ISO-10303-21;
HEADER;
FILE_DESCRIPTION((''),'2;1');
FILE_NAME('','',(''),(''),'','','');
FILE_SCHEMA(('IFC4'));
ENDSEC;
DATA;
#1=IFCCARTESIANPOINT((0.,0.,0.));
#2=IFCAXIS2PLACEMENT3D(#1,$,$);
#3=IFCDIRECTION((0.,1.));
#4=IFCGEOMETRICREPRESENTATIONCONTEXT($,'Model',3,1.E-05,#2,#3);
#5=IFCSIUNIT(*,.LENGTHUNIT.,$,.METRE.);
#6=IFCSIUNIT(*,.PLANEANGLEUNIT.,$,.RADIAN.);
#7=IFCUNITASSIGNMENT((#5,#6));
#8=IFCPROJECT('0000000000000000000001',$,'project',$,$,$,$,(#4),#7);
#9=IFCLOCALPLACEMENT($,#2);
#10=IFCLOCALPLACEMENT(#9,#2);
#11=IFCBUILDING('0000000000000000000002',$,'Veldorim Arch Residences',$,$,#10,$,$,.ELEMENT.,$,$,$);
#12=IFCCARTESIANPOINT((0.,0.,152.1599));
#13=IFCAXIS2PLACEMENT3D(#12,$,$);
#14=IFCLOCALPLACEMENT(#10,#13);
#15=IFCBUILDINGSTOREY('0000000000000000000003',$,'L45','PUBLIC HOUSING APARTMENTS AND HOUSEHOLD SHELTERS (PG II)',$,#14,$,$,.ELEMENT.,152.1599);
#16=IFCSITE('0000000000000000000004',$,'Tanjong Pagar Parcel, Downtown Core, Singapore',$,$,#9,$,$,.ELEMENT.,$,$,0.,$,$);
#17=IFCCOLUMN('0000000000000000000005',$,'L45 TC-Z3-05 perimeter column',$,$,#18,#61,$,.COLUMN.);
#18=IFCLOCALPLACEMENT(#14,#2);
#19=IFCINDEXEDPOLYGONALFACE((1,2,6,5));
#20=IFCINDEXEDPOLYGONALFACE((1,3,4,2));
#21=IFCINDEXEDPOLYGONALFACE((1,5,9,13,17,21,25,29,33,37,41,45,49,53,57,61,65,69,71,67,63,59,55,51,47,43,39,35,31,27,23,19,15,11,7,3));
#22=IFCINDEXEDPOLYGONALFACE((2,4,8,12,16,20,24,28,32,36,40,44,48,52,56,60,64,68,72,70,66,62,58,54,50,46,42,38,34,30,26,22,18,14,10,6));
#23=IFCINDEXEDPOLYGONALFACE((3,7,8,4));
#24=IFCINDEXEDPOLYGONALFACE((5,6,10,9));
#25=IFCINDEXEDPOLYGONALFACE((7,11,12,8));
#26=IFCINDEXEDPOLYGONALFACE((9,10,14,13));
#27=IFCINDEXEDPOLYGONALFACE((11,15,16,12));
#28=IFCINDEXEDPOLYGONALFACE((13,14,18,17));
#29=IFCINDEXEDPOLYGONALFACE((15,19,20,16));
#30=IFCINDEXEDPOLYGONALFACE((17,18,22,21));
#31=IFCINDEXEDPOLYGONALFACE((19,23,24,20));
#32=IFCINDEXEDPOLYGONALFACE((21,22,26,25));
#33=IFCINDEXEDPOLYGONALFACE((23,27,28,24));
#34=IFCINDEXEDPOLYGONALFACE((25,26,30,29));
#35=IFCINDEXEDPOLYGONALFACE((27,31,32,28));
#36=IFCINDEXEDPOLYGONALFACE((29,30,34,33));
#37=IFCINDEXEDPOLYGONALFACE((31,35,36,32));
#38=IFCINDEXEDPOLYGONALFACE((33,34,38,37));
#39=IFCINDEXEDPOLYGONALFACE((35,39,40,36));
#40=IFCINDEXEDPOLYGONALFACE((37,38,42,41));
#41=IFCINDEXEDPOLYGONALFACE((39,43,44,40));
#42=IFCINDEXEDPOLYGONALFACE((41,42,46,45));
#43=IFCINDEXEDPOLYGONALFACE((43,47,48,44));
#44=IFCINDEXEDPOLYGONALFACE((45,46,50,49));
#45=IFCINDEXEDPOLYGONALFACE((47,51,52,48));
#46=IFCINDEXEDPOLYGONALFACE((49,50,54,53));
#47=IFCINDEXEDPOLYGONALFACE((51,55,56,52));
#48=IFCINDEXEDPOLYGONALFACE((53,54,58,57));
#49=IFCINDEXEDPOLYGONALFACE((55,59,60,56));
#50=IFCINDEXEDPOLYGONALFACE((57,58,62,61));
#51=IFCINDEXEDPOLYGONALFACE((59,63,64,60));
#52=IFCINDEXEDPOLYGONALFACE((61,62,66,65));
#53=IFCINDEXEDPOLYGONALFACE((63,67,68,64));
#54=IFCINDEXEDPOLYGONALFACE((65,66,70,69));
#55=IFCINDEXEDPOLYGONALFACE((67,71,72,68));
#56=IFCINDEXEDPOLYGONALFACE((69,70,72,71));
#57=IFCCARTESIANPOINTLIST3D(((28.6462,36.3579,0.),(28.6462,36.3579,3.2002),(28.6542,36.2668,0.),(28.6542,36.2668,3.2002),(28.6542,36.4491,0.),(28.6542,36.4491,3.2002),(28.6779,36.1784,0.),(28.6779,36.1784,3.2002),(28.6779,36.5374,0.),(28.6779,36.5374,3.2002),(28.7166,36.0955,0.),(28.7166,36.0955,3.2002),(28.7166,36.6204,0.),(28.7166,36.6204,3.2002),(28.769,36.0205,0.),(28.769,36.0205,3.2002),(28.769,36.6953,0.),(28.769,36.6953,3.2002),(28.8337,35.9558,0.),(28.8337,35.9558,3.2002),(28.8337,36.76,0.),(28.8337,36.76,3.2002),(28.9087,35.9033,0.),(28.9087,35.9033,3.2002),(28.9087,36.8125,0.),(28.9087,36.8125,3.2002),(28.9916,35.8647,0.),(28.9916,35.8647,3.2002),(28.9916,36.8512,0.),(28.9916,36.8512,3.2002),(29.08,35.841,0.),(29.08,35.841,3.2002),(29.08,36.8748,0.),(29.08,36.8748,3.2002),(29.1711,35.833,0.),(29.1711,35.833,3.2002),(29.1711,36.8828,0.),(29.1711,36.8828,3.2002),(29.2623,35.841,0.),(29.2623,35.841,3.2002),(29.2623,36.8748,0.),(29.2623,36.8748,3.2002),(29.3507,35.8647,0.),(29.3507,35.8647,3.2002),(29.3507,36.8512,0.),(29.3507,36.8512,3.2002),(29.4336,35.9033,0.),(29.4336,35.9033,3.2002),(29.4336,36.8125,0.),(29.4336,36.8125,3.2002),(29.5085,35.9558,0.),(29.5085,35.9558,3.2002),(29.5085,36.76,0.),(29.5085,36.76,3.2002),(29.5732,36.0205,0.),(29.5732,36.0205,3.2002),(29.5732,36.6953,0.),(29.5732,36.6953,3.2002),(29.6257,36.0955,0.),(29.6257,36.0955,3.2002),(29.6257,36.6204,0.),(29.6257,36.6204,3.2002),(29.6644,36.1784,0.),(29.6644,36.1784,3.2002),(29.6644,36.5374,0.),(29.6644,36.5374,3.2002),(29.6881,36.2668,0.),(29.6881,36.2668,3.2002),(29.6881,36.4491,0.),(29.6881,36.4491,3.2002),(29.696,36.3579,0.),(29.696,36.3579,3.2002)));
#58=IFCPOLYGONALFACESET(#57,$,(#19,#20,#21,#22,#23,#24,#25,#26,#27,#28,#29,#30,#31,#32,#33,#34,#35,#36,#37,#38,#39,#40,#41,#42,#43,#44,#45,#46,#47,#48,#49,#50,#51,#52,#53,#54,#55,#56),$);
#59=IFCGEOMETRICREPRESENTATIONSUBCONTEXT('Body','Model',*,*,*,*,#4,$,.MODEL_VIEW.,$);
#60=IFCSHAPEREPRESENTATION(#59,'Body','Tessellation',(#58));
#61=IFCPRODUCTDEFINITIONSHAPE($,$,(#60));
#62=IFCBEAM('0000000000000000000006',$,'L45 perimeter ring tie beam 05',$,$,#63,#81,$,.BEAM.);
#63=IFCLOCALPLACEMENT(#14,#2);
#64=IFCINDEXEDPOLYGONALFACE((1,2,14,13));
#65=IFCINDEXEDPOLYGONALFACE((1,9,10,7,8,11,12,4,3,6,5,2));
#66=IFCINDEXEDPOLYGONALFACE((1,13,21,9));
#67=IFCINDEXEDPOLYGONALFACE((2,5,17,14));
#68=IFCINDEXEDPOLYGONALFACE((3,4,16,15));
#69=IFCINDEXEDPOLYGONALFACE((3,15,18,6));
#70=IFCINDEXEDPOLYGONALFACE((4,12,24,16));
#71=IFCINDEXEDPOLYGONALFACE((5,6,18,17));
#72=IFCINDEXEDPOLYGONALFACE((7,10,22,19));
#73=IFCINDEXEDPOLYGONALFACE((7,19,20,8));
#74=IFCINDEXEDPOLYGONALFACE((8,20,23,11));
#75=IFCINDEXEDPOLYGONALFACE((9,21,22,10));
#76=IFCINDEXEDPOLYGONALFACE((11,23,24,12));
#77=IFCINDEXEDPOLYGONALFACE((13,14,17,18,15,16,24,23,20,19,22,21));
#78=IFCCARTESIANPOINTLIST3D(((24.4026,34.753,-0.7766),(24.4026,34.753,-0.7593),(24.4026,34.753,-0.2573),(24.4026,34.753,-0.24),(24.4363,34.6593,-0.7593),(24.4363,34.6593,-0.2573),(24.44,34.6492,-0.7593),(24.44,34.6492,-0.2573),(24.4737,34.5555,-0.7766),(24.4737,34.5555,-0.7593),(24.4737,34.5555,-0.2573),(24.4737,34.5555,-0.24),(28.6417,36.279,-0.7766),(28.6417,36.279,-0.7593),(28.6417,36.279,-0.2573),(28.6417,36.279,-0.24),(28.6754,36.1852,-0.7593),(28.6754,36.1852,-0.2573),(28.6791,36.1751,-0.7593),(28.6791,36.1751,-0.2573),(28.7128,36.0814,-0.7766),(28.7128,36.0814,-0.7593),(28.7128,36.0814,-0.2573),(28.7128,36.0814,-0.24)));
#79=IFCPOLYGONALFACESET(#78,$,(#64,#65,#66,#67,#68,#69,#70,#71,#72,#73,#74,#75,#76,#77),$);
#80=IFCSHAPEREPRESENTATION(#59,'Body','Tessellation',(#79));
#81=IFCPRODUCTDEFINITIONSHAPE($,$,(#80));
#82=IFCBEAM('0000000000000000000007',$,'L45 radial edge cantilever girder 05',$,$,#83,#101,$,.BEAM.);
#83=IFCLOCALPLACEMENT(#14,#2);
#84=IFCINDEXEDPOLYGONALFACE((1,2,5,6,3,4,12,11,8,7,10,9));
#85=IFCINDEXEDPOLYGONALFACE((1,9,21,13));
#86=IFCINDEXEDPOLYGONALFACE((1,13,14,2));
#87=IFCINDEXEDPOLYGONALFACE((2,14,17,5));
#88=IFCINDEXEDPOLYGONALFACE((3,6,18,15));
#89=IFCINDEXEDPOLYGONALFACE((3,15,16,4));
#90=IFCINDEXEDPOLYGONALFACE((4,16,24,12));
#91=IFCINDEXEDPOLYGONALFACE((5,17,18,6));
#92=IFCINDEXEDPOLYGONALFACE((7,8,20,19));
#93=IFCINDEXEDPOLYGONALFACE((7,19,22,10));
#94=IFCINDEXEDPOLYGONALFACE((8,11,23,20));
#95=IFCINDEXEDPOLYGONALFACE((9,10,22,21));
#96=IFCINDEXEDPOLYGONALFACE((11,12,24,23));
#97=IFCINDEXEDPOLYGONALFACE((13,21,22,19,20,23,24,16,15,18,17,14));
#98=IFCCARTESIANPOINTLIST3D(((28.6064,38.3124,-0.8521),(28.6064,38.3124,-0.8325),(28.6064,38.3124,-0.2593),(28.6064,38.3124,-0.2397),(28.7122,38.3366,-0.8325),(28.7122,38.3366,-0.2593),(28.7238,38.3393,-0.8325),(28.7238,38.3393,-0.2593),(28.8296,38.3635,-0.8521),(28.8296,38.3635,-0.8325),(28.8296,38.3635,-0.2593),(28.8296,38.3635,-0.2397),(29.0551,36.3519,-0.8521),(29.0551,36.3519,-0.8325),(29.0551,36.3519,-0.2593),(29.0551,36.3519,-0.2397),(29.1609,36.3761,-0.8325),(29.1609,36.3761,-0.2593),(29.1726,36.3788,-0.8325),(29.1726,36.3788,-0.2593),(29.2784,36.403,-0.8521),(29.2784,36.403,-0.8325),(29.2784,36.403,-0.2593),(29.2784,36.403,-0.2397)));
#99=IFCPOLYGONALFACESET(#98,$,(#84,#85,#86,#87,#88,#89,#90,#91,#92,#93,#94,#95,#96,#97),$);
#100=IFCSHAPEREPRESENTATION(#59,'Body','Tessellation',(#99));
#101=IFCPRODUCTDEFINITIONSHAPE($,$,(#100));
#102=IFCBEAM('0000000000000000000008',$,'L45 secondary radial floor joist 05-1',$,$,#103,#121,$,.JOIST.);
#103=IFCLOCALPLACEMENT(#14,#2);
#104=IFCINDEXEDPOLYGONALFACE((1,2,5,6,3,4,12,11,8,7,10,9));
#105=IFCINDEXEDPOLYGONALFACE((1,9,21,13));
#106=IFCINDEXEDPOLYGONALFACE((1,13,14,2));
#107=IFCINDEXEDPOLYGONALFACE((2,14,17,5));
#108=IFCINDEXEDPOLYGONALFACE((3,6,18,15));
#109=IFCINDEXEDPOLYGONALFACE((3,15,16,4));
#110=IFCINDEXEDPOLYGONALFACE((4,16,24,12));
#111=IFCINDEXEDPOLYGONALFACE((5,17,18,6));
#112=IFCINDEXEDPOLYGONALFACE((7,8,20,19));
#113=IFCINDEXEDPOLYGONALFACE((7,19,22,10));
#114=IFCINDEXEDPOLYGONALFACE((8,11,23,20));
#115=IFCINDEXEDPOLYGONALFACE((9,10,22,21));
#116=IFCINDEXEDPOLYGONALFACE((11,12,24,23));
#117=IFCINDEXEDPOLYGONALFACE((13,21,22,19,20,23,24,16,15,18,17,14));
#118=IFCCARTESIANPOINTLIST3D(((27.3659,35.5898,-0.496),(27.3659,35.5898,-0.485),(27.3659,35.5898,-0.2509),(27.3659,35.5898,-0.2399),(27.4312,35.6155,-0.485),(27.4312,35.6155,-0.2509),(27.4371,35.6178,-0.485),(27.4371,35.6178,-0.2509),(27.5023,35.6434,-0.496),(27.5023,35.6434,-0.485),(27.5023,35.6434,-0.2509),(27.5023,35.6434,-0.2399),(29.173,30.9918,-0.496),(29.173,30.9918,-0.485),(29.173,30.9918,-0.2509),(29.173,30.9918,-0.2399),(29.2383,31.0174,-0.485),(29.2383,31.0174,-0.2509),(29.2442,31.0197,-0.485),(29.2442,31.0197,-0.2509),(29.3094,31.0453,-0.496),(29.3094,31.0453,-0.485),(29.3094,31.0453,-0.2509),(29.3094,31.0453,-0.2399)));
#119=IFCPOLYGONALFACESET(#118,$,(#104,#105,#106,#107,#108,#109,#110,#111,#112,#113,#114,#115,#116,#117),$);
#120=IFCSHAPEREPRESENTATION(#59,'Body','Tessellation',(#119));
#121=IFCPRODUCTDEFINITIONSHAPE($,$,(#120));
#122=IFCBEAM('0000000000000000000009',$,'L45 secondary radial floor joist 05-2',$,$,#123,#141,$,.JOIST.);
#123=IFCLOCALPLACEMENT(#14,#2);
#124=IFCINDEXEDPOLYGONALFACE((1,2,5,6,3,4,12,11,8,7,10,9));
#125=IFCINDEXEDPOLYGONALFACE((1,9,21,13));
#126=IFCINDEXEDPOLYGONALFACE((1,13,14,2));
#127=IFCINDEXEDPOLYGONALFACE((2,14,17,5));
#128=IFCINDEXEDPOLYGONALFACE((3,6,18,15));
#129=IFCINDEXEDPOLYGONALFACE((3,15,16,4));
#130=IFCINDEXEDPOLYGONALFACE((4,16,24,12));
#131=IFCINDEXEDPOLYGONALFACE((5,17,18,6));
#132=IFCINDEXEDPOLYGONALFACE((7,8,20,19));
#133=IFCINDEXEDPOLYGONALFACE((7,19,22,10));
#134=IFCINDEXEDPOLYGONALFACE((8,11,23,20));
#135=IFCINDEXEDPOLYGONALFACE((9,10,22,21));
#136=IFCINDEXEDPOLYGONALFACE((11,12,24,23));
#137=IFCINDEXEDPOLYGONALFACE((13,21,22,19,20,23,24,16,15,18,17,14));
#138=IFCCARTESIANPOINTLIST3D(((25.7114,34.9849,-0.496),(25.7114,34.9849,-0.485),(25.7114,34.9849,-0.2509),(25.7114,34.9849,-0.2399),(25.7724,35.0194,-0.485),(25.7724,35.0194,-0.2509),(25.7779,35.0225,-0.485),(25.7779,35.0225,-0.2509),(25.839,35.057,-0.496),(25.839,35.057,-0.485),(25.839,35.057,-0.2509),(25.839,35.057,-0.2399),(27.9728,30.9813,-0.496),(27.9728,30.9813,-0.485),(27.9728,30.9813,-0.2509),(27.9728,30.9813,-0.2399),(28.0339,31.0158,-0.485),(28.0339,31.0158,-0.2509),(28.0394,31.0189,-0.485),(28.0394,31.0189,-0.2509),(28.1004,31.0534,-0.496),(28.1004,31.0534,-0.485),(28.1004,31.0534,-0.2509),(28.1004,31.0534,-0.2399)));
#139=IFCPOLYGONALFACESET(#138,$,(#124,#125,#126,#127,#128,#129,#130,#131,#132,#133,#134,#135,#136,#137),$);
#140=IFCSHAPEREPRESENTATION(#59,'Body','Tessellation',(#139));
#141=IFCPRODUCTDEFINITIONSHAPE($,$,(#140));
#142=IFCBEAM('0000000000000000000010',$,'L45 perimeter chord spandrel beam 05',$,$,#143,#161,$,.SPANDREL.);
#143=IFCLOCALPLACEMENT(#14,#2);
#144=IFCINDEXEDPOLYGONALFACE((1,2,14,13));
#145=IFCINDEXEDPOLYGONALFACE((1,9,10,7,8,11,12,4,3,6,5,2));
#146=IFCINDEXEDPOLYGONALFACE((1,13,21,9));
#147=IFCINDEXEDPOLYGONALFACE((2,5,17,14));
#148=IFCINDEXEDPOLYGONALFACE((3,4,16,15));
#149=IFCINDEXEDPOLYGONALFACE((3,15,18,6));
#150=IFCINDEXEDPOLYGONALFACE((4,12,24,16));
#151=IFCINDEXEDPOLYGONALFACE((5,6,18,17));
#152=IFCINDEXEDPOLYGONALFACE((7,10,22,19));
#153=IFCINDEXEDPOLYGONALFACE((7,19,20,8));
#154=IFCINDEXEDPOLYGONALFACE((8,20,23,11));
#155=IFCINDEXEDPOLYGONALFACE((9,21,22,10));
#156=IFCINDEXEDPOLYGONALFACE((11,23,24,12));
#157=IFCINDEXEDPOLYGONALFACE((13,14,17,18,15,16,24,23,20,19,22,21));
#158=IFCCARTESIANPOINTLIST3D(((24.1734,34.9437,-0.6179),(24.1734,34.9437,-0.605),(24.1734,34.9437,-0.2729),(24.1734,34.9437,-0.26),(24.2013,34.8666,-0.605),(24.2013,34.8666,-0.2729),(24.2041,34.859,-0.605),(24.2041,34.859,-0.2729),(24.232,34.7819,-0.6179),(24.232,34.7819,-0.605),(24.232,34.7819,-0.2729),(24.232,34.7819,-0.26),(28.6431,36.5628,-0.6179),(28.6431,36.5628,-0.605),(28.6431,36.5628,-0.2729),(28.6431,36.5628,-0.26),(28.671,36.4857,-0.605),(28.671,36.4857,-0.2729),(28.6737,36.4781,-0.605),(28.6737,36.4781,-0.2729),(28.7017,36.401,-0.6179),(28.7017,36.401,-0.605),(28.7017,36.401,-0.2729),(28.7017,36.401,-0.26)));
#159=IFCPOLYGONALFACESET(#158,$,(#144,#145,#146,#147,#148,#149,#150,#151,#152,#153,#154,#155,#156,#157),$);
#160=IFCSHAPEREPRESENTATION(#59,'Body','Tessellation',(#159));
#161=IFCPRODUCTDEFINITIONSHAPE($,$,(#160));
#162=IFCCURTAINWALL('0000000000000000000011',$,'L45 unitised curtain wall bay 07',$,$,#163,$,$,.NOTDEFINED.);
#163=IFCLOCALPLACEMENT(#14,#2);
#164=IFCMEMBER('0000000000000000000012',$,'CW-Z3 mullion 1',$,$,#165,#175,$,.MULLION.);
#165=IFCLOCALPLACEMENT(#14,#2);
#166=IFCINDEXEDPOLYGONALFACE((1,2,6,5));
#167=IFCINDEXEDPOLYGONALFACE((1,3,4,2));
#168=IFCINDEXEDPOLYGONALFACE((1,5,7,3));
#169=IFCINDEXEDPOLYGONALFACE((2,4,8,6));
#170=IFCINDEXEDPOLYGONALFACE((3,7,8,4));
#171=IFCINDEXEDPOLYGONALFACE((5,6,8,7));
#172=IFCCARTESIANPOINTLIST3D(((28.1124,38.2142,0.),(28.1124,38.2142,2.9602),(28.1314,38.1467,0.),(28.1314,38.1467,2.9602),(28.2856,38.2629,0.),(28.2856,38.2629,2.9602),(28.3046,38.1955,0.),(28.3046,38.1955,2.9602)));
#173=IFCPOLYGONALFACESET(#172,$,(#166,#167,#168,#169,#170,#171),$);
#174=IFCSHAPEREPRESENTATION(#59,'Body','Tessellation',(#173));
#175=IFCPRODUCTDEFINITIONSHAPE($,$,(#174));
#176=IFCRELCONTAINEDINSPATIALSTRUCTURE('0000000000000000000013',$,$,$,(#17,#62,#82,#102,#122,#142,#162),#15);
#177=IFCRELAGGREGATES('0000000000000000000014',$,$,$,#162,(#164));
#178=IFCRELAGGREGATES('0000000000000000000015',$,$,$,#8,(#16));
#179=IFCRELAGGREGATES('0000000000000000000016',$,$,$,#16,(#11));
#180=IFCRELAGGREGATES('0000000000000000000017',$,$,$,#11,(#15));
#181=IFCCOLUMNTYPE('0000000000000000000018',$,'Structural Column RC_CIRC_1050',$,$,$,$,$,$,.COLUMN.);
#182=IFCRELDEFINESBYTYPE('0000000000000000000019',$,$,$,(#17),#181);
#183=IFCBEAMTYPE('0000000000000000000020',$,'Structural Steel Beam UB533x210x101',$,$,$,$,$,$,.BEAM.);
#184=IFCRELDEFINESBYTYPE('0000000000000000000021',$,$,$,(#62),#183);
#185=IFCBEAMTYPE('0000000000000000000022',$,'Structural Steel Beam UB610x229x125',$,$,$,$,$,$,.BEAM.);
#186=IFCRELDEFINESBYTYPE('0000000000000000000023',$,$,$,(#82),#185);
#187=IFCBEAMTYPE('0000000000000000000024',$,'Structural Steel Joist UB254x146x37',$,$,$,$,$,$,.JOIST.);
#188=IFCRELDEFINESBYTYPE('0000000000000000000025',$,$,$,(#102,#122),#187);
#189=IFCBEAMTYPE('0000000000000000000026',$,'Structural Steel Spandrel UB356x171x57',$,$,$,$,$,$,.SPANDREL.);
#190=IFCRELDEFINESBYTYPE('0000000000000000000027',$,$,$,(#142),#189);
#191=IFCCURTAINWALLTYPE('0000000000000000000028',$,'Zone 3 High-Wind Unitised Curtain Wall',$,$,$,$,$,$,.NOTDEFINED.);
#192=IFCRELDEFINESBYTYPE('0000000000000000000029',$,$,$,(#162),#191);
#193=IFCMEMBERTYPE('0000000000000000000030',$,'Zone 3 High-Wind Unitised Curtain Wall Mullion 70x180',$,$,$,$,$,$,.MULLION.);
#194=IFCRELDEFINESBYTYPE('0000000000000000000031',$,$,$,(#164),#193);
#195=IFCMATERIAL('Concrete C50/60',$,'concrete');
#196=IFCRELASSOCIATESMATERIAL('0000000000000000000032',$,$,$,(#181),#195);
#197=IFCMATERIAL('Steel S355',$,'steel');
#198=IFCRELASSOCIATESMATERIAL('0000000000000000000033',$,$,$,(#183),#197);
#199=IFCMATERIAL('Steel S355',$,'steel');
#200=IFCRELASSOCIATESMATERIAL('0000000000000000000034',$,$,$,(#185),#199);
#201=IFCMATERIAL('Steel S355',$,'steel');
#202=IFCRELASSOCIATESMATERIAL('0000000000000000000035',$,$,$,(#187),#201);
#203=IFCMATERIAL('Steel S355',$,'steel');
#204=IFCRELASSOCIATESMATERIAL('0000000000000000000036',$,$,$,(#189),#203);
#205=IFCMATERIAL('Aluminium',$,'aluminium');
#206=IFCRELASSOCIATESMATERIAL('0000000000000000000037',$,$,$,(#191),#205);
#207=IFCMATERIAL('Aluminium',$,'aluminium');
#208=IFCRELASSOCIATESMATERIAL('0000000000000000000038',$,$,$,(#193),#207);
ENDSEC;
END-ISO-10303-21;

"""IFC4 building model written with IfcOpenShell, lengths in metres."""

from ifc_helpers import new_model, si_unit, direction, frame, origin, origin_2d, place, context, subcontext, project, spatial, rectangle, circle, i_section, extrude, material, material_profile, profile_set, type_object, element, aggregate, save


model = new_model("IFC4")

# Units and contexts
model_context = context("Model", 3, precision=1e-05, world=origin(), true_north=direction((0.0, 1.0)))
body_context = subcontext(model_context, "Body", "Model", "MODEL_VIEW")
ifc_project = project(units=[si_unit("LENGTHUNIT", "METRE"), si_unit("PLANEANGLEUNIT", "RADIAN")], contexts=[model_context])

# Site, building, storey
site_placement = place(None, origin())
site = spatial("IfcSite", under=ifc_project, at=site_placement, Name="Tanjong Pagar Parcel, Downtown Core, Singapore", CompositionType="ELEMENT", RefElevation=0.0)
building_placement = place(site_placement, origin())
building = spatial("IfcBuilding", under=site, at=building_placement, Name="Veldorim Arch Residences", CompositionType="ELEMENT")
storey_placement = place(building_placement, frame((0.0, 0.0, 152.1599)))
storey = spatial("IfcBuildingStorey", under=building, at=storey_placement, Name="L45", Description="PUBLIC HOUSING APARTMENTS AND HOUSEHOLD SHELTERS (PG II)", CompositionType="ELEMENT", Elevation=152.1599)

# Column
ifc_material_1 = material(Name="Concrete C50/60", Category="concrete")
ifc_material_profile_1 = material_profile(ifc_material_1, circle(Radius=0.5249, at=origin_2d()), Name="RC_CIRC_1050")
ifc_profile_set_1 = profile_set([ifc_material_profile_1], Name="Concrete C50/60")
column_type = type_object("IfcColumnType", Name="Structural Column RC_CIRC_1050", PredefinedType="COLUMN", material=ifc_profile_set_1)
column_placement = place(storey_placement, frame((29.1711, 36.3579, 0.0), z_axis=(0.0, 0.0, 1.0), x_axis=(1.0, 0.0, 0.0)))
element("IfcColumn", 1, at=column_placement, inside=storey, type_object=column_type, Name="L45 TC-Z3-05 perimeter column", PredefinedType="COLUMN", context=body_context, shape_type="SweptSolid", body=[
    extrude(circle(Radius=0.5249, at=origin_2d()), origin(), (0.0, 0.0, 1.0), 3.2002),
])

# Beams
ifc_material_2 = material(Name="Steel S355", Category="steel")
ifc_material_profile_2 = material_profile(ifc_material_2, i_section(OverallWidth=0.21, OverallDepth=0.5366, WebThickness=0.0107, FlangeThickness=0.0173, at=origin_2d()), Name="UB533x210x101")
ifc_profile_set_2 = profile_set([ifc_material_profile_2], Name="Steel S355")
beam_type_1 = type_object("IfcBeamType", Name="Structural Steel Beam UB533x210x101", PredefinedType="BEAM", material=ifc_profile_set_2)
beam_1_placement = place(storey_placement, frame((28.6772, 36.1802, -0.5083), z_axis=(-0.940899, -0.338687, 0.0), x_axis=(0.338687, -0.940899, 0.0)))
element("IfcBeam", 2, at=beam_1_placement, inside=storey, type_object=beam_type_1, Name="L45 perimeter ring tie beam 05", PredefinedType="BEAM", context=body_context, shape_type="SweptSolid", body=[
    extrude(i_section(OverallWidth=0.21, OverallDepth=0.5366, WebThickness=0.0107, FlangeThickness=0.0173, at=origin_2d()), origin(), (0.0, 0.0, 1.0), 4.5054),
])
ifc_material_3 = material(Name="Steel S355", Category="steel")
ifc_material_profile_3 = material_profile(ifc_material_3, i_section(OverallWidth=0.229, OverallDepth=0.6123, WebThickness=0.012, FlangeThickness=0.0195, at=origin_2d()), Name="UB610x229x125")
ifc_profile_set_3 = profile_set([ifc_material_profile_3], Name="Steel S355")
beam_type_2 = type_object("IfcBeamType", Name="Structural Steel Beam UB610x229x125", PredefinedType="BEAM", material=ifc_profile_set_3)
beam_2_placement = place(storey_placement, frame((29.1667, 36.3774, -0.5459), z_axis=(-0.223121, 0.974791, 0.0), x_axis=(-0.974791, -0.223121, 0.0)))
element("IfcBeam", 3, at=beam_2_placement, inside=storey, type_object=beam_type_2, Name="L45 radial edge cantilever girder 05", PredefinedType="BEAM", context=body_context, shape_type="SweptSolid", body=[
    extrude(i_section(OverallWidth=0.229, OverallDepth=0.6123, WebThickness=0.012, FlangeThickness=0.0195, at=origin_2d()), origin(), (0.0, 0.0, 1.0), 2.0112),
])
ifc_material_4 = material(Name="Steel S355", Category="steel")
ifc_material_profile_4 = material_profile(ifc_material_4, i_section(OverallWidth=0.1465, OverallDepth=0.2561, WebThickness=0.0063, FlangeThickness=0.011, at=origin_2d()), Name="UB254x146x37")
ifc_profile_set_4 = profile_set([ifc_material_profile_4], Name="Steel S355")
beam_type_3 = type_object("IfcBeamType", Name="Structural Steel Joist UB254x146x37", PredefinedType="JOIST", material=ifc_profile_set_4)
beam_3_placement = place(storey_placement, frame((29.2412, 31.0186, -0.3679), z_axis=(-0.365778, 0.930702, 0.0), x_axis=(-0.930702, -0.365778, 0.0)))
element("IfcBeam", 4, at=beam_3_placement, inside=storey, type_object=beam_type_3, Name="L45 secondary radial floor joist 05-1", PredefinedType="JOIST", context=body_context, shape_type="SweptSolid", body=[
    extrude(i_section(OverallWidth=0.1465, OverallDepth=0.2561, WebThickness=0.0063, FlangeThickness=0.011, at=origin_2d()), origin(), (0.0, 0.0, 1.0), 4.9404),
])
beam_4_placement = place(storey_placement, frame((28.0366, 31.0173, -0.3679), z_axis=(-0.491816, 0.870699, 0.0), x_axis=(-0.870699, -0.491816, 0.0)))
element("IfcBeam", 5, at=beam_4_placement, inside=storey, type_object=beam_type_3, Name="L45 secondary radial floor joist 05-2", PredefinedType="JOIST", context=body_context, shape_type="SweptSolid", body=[
    extrude(i_section(OverallWidth=0.1465, OverallDepth=0.2561, WebThickness=0.0063, FlangeThickness=0.011, at=origin_2d()), origin(), (0.0, 0.0, 1.0), 4.5981),
])
ifc_material_5 = material(Name="Steel S355", Category="steel")
ifc_material_profile_5 = material_profile(ifc_material_5, i_section(OverallWidth=0.1721, OverallDepth=0.3579, WebThickness=0.0081, FlangeThickness=0.0129, at=origin_2d()), Name="UB356x171x57")
ifc_profile_set_5 = profile_set([ifc_material_profile_5], Name="Steel S355")
beam_type_4 = type_object("IfcBeamType", Name="Structural Steel Spandrel UB356x171x57", PredefinedType="SPANDREL", material=ifc_profile_set_5)
beam_5_placement = place(storey_placement, frame((28.6724, 36.4819, -0.439), z_axis=(-0.940213, -0.340588, 0.0), x_axis=(0.340588, -0.940213, 0.0)))
element("IfcBeam", 6, at=beam_5_placement, inside=storey, type_object=beam_type_4, Name="L45 perimeter chord spandrel beam 05", PredefinedType="SPANDREL", context=body_context, shape_type="SweptSolid", body=[
    extrude(i_section(OverallWidth=0.1721, OverallDepth=0.3579, WebThickness=0.0081, FlangeThickness=0.0129, at=origin_2d()), origin(), (0.0, 0.0, 1.0), 4.7539),
])

# Curtain wall, member
ifc_material_6 = material(Name="Aluminium", Category="aluminium")
curtain_wall_type = type_object("IfcCurtainWallType", Name="Zone 3 High-Wind Unitised Curtain Wall", PredefinedType="NOTDEFINED", material=ifc_material_6)
curtain_wall_placement = place(storey_placement, origin())
curtain_wall = element("IfcCurtainWall", 7, at=curtain_wall_placement, inside=storey, type_object=curtain_wall_type, Name="L45 unitised curtain wall bay 07", PredefinedType="NOTDEFINED")
ifc_material_7 = material(Name="Aluminium", Category="aluminium")
ifc_material_profile_6 = material_profile(ifc_material_7, rectangle(XDim=0.0701, YDim=0.1799, at=origin_2d()), Name="ALU_MUL_70x180")
ifc_profile_set_6 = profile_set([ifc_material_profile_6], Name="Aluminium")
member_type_1 = type_object("IfcMemberType", Name="Zone 3 High-Wind Unitised Curtain Wall Mullion 70x180", PredefinedType="MULLION", material=ifc_profile_set_6)
member_1_placement = place(storey_placement, frame((28.2085, 38.2048, 0.0), z_axis=(0.0, 0.0, 1.0), x_axis=(-0.271101, 0.962551, 0.0)))
member_1 = element("IfcMember", 8, at=member_1_placement, type_object=member_type_1, Name="CW-Z3 mullion 1", PredefinedType="MULLION", context=body_context, shape_type="SweptSolid", body=[
    extrude(rectangle(XDim=0.0701, YDim=0.1799, at=origin_2d()), origin(), (0.0, 0.0, 1.0), 2.9602),
])
aggregate(curtain_wall, [member_1])

save(model, "model.ifc")
